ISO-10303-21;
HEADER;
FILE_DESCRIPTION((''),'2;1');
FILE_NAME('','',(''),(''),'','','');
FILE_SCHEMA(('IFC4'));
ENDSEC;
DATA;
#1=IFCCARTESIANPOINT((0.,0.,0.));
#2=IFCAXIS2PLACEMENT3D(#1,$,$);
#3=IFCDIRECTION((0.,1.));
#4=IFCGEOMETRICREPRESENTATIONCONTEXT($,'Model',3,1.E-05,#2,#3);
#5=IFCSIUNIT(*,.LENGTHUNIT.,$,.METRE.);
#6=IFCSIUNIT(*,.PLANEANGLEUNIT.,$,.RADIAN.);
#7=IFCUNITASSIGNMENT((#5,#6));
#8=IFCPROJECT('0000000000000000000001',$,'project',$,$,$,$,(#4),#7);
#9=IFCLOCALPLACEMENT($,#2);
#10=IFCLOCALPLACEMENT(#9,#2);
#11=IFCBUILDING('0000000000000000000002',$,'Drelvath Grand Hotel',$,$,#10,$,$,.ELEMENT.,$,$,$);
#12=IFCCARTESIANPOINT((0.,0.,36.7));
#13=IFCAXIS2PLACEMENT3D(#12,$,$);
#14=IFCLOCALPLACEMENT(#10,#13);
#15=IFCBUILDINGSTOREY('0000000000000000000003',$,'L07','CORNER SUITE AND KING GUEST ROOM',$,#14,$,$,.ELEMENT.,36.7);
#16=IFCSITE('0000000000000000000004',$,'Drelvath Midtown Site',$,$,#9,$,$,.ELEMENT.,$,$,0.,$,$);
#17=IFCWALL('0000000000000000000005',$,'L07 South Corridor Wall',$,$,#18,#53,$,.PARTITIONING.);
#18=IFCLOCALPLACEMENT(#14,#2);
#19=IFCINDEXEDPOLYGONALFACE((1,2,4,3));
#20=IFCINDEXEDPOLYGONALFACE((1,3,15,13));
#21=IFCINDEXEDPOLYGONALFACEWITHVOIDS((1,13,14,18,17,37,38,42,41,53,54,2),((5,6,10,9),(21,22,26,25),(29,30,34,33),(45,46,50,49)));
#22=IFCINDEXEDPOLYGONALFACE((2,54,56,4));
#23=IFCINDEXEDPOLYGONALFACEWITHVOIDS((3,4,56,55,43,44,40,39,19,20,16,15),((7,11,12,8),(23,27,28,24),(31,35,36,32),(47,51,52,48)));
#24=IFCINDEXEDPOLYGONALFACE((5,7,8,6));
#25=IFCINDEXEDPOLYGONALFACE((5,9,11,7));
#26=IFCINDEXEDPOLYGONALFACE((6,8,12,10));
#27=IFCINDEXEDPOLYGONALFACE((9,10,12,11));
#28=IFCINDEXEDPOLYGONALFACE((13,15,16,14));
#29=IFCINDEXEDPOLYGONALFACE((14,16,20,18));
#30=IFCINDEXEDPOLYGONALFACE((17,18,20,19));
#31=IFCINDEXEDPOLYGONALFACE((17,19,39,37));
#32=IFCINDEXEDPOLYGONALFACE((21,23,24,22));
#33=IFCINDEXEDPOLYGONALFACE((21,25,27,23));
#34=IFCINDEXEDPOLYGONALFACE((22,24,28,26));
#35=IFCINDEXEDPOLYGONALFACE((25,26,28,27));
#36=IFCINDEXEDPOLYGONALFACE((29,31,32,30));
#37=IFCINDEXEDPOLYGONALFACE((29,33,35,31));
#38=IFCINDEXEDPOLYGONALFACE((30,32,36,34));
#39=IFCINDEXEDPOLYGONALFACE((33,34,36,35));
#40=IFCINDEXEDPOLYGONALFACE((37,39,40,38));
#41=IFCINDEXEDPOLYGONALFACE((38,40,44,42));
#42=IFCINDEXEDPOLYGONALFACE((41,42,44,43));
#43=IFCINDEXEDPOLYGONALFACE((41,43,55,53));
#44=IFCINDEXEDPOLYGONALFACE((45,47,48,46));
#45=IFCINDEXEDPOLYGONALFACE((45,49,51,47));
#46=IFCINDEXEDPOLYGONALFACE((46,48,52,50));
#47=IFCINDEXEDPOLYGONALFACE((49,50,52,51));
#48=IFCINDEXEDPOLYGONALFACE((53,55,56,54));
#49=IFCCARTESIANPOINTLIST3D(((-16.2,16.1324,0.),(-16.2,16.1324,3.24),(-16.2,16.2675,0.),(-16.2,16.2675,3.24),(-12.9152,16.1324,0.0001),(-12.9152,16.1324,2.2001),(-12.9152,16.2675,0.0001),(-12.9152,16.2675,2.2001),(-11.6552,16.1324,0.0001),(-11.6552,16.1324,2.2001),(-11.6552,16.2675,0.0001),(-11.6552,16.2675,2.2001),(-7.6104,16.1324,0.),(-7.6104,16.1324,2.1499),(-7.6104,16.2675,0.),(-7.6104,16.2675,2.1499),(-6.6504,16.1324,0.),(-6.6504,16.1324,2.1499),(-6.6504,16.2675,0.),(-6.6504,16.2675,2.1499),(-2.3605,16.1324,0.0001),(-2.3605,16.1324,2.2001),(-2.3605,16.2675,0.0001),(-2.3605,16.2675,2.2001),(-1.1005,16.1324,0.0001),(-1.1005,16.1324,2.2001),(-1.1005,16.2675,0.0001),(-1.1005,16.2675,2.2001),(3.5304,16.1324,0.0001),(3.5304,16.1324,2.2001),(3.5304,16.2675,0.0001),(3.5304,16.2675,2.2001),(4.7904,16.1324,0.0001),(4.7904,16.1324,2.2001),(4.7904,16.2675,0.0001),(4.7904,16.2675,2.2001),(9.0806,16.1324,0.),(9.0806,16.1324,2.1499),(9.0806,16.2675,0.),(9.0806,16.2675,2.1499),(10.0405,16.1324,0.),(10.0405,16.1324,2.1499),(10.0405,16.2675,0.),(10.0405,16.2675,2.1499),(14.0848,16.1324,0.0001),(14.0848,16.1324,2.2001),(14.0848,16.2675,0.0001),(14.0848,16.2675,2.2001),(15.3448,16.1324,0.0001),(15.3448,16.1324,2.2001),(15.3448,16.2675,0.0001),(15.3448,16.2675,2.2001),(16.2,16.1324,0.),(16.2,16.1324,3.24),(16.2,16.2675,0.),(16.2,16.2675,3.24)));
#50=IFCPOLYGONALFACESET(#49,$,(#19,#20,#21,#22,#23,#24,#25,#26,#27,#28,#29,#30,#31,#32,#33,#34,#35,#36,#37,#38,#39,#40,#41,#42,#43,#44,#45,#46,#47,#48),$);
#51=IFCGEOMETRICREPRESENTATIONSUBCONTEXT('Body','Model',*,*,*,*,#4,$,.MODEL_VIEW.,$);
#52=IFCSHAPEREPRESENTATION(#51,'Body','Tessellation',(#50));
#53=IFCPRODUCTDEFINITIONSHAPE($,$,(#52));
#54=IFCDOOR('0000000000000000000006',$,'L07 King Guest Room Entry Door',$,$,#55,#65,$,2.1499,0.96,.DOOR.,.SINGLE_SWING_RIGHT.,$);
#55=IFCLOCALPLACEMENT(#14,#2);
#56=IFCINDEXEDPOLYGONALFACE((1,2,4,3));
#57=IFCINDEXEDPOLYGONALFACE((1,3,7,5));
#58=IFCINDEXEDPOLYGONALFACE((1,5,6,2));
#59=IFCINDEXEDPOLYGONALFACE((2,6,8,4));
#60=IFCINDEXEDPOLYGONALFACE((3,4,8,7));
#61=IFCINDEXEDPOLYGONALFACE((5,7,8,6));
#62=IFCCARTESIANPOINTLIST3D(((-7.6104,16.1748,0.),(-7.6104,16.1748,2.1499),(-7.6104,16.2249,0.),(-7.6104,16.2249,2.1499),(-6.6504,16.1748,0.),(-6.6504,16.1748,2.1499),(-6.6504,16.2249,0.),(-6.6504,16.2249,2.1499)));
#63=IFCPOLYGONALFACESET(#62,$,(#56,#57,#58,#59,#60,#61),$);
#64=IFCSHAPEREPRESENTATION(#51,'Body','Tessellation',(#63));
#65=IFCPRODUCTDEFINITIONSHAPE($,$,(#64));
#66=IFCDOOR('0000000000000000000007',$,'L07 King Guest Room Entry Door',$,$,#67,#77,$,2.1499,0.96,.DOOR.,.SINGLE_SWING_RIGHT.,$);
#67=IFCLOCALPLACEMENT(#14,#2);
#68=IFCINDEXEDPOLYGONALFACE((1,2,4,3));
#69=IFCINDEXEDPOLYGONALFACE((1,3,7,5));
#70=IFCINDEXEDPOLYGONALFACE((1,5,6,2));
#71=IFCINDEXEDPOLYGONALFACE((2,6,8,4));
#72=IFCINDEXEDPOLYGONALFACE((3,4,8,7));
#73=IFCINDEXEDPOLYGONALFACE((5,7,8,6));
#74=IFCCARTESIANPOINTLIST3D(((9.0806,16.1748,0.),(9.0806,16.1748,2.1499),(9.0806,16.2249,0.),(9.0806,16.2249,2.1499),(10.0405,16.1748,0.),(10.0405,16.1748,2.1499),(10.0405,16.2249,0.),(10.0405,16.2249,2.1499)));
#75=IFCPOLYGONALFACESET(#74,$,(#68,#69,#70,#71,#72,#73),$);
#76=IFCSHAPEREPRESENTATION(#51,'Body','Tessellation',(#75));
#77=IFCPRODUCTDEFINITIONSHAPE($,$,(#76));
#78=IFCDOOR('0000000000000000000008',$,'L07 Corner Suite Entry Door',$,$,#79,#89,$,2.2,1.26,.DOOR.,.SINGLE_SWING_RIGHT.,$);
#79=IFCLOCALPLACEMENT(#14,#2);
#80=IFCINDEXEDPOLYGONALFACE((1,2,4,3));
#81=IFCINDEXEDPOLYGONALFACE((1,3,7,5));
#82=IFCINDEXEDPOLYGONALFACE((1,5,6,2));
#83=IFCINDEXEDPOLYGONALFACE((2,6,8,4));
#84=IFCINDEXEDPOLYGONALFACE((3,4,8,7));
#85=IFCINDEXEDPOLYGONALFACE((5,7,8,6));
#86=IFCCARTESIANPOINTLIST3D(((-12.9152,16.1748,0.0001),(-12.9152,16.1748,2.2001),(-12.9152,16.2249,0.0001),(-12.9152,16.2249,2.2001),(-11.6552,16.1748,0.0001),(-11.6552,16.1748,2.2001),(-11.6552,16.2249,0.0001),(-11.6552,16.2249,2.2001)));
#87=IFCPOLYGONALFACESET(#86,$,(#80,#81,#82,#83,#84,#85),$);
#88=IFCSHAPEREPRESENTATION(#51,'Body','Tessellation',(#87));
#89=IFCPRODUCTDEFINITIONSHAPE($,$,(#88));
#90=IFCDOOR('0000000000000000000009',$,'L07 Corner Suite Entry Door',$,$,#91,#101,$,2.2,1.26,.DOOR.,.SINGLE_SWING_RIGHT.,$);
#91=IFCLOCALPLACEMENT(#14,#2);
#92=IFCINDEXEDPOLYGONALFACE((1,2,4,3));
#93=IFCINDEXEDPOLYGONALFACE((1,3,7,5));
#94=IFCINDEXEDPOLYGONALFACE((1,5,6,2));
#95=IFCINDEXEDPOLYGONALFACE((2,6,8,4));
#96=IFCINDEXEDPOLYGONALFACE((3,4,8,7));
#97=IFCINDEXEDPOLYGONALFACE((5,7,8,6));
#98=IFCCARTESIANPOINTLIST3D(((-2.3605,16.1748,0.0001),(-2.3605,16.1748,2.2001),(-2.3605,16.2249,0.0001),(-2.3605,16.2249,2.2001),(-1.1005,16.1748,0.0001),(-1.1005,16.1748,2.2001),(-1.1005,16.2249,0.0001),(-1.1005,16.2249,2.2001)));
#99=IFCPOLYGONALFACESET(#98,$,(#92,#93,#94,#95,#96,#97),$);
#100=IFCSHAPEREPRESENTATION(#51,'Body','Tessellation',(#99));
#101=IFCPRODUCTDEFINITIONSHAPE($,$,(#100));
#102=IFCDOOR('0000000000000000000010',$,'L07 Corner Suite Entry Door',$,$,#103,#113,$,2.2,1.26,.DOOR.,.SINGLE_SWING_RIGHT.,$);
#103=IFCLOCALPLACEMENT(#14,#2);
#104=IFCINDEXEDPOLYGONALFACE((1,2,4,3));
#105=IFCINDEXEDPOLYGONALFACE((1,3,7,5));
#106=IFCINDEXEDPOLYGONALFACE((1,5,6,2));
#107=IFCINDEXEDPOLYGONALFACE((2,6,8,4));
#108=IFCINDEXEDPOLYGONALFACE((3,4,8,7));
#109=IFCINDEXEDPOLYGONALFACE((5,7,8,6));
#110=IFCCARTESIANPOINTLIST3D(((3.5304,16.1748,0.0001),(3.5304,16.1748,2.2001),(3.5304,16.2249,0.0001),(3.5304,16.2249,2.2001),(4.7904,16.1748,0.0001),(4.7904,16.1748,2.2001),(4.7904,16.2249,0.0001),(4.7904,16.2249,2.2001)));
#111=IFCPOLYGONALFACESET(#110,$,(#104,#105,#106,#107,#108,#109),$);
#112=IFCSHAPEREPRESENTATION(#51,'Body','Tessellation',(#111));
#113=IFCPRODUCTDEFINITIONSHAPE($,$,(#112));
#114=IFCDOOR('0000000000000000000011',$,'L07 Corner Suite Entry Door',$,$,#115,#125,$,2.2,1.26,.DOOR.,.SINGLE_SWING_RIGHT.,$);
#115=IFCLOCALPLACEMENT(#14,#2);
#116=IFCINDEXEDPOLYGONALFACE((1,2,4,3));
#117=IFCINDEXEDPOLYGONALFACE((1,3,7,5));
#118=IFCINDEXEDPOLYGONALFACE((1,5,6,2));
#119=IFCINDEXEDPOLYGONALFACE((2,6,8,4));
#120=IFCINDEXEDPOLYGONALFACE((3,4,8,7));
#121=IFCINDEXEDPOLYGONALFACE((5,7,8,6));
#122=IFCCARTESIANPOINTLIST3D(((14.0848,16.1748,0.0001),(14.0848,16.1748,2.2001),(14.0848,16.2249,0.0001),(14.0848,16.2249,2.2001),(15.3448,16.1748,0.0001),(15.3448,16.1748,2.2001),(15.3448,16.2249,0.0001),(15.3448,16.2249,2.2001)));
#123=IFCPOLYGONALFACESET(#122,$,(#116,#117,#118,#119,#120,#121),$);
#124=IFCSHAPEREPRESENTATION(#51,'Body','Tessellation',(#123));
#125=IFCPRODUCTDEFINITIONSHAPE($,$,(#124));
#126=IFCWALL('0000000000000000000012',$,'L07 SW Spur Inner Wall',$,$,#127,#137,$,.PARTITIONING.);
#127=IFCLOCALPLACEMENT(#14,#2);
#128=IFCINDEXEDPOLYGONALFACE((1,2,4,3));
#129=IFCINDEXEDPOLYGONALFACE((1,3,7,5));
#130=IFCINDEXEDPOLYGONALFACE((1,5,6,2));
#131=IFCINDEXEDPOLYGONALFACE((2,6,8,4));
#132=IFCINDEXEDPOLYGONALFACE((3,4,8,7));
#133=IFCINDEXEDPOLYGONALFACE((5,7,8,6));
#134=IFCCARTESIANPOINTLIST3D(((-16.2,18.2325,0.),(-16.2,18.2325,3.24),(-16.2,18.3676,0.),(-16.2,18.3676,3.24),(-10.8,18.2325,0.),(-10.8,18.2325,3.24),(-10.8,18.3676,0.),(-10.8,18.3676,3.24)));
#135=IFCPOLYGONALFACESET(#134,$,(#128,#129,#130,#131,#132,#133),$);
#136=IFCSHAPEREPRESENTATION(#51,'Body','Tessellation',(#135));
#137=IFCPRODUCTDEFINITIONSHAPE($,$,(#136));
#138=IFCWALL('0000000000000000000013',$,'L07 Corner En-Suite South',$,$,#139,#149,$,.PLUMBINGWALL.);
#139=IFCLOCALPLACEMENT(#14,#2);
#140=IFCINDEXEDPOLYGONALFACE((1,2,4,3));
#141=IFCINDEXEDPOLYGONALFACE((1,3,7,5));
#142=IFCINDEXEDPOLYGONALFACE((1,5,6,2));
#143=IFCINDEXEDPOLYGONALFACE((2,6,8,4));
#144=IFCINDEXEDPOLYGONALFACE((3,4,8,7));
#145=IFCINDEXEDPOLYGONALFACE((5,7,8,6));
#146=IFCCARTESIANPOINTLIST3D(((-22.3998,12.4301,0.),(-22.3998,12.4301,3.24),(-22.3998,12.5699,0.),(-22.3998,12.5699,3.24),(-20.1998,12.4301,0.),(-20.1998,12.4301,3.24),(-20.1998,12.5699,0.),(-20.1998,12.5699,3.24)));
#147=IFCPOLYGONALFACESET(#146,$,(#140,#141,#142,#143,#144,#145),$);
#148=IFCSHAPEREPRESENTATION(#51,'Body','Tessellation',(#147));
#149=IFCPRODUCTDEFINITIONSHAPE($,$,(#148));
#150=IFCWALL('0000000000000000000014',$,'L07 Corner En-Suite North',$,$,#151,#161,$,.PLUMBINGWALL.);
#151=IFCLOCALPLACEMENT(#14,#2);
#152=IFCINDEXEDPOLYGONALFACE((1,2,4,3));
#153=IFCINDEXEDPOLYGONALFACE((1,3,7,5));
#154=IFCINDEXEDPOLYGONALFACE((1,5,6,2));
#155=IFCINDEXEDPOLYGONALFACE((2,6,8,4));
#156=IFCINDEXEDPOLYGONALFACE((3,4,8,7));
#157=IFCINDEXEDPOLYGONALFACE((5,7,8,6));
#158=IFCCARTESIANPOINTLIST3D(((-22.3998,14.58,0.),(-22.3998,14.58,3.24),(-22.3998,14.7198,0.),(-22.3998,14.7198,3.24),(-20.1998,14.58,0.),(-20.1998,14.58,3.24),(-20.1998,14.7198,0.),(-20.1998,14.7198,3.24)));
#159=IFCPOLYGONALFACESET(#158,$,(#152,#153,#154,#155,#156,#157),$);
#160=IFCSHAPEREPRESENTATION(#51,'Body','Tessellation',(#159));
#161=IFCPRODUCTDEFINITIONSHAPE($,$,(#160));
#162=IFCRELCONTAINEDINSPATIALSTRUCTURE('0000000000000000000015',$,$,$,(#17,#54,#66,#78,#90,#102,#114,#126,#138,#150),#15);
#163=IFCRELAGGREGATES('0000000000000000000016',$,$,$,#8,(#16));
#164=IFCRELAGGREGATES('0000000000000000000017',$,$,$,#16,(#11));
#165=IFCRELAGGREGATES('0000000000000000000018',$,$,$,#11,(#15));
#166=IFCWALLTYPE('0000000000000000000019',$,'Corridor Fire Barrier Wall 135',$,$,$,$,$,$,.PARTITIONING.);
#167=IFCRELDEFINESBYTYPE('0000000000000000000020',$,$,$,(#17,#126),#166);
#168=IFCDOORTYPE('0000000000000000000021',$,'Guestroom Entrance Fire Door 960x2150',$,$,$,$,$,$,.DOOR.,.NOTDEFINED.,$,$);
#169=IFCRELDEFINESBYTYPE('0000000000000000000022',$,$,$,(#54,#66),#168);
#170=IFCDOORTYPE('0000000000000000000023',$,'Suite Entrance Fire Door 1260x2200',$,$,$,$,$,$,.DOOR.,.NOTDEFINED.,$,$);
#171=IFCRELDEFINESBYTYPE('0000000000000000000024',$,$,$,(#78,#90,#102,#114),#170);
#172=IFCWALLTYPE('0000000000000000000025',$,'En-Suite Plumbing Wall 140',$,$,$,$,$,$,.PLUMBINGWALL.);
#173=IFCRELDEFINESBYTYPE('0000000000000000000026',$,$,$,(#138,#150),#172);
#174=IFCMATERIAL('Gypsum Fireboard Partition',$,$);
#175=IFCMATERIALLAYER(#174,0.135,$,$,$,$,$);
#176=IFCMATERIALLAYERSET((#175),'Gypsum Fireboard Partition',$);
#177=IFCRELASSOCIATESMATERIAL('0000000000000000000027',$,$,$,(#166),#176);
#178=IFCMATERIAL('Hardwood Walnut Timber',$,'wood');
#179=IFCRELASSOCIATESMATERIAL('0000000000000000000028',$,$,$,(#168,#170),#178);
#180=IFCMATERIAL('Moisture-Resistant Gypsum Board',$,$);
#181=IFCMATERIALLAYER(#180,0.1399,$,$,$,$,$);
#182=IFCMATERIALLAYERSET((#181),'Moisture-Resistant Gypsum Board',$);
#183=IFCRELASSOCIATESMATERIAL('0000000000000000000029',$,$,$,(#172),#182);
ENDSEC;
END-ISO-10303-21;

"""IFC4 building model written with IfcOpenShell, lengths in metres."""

from ifc_helpers import new_model, si_unit, direction, frame, frame_2d, origin, place, context, subcontext, project, spatial, rectangle, extrude, material, layer, layer_set, type_object, element, fill, save


model = new_model("IFC4")

# Units and contexts
model_context = context("Model", 3, precision=1e-05, world=origin(), true_north=direction((0.0, 1.0)))
body_context = subcontext(model_context, "Body", "Model", "MODEL_VIEW")
ifc_project = project(units=[si_unit("LENGTHUNIT", "METRE"), si_unit("PLANEANGLEUNIT", "RADIAN")], contexts=[model_context])

# Site, building, storey
site_placement = place(None, origin())
site = spatial("IfcSite", under=ifc_project, at=site_placement, Name="Drelvath Midtown Site", CompositionType="ELEMENT", RefElevation=0.0)
building_placement = place(site_placement, origin())
building = spatial("IfcBuilding", under=site, at=building_placement, Name="Drelvath Grand Hotel", CompositionType="ELEMENT")
storey_placement = place(building_placement, frame((0.0, 0.0, 36.7)))
storey = spatial("IfcBuildingStorey", under=building, at=storey_placement, Name="L07", Description="CORNER SUITE AND KING GUEST ROOM", CompositionType="ELEMENT", Elevation=36.7)

# Wall, openings, doors
ifc_material_1 = material(Name="Gypsum Fireboard Partition")
ifc_layer_1 = layer(ifc_material_1, 0.135)
ifc_layer_set_1 = layer_set([ifc_layer_1], Name="Gypsum Fireboard Partition")
wall_type_1 = type_object("IfcWallType", Name="Corridor Fire Barrier Wall 135", PredefinedType="PARTITIONING", material=ifc_layer_set_1)
wall_1_placement = place(storey_placement, frame((-16.2, 16.2, 0.0), z_axis=(0.0, 0.0, 1.0), x_axis=(1.0, 0.0, 0.0)))
wall_1 = element("IfcWall", 1, at=wall_1_placement, inside=storey, type_object=wall_type_1, Name="L07 South Corridor Wall", PredefinedType="PARTITIONING", context=body_context, shape_type="SweptSolid", body=[
    extrude(rectangle(XDim=32.3999, YDim=0.135, at=frame_2d((16.2, 0.0))), origin(), (0.0, 0.0, 1.0), 3.24),
])
opening_1_placement = place(wall_1_placement, frame((3.2849, 0.0, 0.0)))
opening_1 = element("IfcOpeningElement", 2, at=opening_1_placement, cuts=wall_1, PredefinedType="OPENING", context=body_context, shape_type="SweptSolid", body=[
    extrude(rectangle(XDim=1.26, YDim=2.2, at=frame_2d((0.6299, 1.1001))), frame((0.0, 0.0774, 0.0), z_axis=(0.0, -1.0, 0.0), x_axis=(1.0, 0.0, 0.0)), (0.0, 0.0, 1.0), 0.155),
])
opening_2_placement = place(wall_1_placement, frame((8.5896, 0.0, 0.0)))
opening_2 = element("IfcOpeningElement", 3, at=opening_2_placement, cuts=wall_1, PredefinedType="OPENING", context=body_context, shape_type="SweptSolid", body=[
    extrude(rectangle(XDim=0.96, YDim=2.1499, at=frame_2d((0.48, 1.075))), frame((0.0, 0.0774, 0.0), z_axis=(0.0, -1.0, 0.0), x_axis=(1.0, 0.0, 0.0)), (0.0, 0.0, 1.0), 0.155),
])
opening_3_placement = place(wall_1_placement, frame((13.8396, 0.0, 0.0)))
opening_3 = element("IfcOpeningElement", 4, at=opening_3_placement, cuts=wall_1, PredefinedType="OPENING", context=body_context, shape_type="SweptSolid", body=[
    extrude(rectangle(XDim=1.26, YDim=2.2, at=frame_2d((0.6299, 1.1001))), frame((0.0, 0.0774, 0.0), z_axis=(0.0, -1.0, 0.0), x_axis=(1.0, 0.0, 0.0)), (0.0, 0.0, 1.0), 0.155),
])
opening_4_placement = place(wall_1_placement, frame((19.7305, 0.0, 0.0)))
opening_4 = element("IfcOpeningElement", 5, at=opening_4_placement, cuts=wall_1, PredefinedType="OPENING", context=body_context, shape_type="SweptSolid", body=[
    extrude(rectangle(XDim=1.26, YDim=2.2, at=frame_2d((0.6299, 1.1001))), frame((0.0, 0.0774, 0.0), z_axis=(0.0, -1.0, 0.0), x_axis=(1.0, 0.0, 0.0)), (0.0, 0.0, 1.0), 0.155),
])
opening_5_placement = place(wall_1_placement, frame((25.2805, 0.0, 0.0)))
opening_5 = element("IfcOpeningElement", 6, at=opening_5_placement, cuts=wall_1, PredefinedType="OPENING", context=body_context, shape_type="SweptSolid", body=[
    extrude(rectangle(XDim=0.96, YDim=2.1499, at=frame_2d((0.48, 1.075))), frame((0.0, 0.0774, 0.0), z_axis=(0.0, -1.0, 0.0), x_axis=(1.0, 0.0, 0.0)), (0.0, 0.0, 1.0), 0.155),
])
opening_6_placement = place(wall_1_placement, frame((30.2849, 0.0, 0.0)))
opening_6 = element("IfcOpeningElement", 7, at=opening_6_placement, cuts=wall_1, PredefinedType="OPENING", context=body_context, shape_type="SweptSolid", body=[
    extrude(rectangle(XDim=1.26, YDim=2.2, at=frame_2d((0.6299, 1.1001))), frame((0.0, 0.0774, 0.0), z_axis=(0.0, -1.0, 0.0), x_axis=(1.0, 0.0, 0.0)), (0.0, 0.0, 1.0), 0.155),
])
ifc_material_2 = material(Name="Hardwood Walnut Timber", Category="wood")
door_type_1 = type_object("IfcDoorType", Name="Guestroom Entrance Fire Door 960x2150", OperationType="NOTDEFINED", PredefinedType="DOOR", material=ifc_material_2)
door_1_placement = place(opening_2_placement, origin())
door_1 = element("IfcDoor", 8, at=door_1_placement, inside=storey, type_object=door_type_1, Name="L07 King Guest Room Entry Door", OperationType="SINGLE_SWING_RIGHT", OverallHeight=2.1499, OverallWidth=0.96, PredefinedType="DOOR", context=body_context, shape_type="SweptSolid", body=[
    extrude(rectangle(XDim=0.96, YDim=2.1499, at=frame_2d((0.48, 1.075))), frame((0.0, 0.0249, 0.0), z_axis=(0.0, -1.0, 0.0), x_axis=(1.0, 0.0, 0.0)), (0.0, 0.0, 1.0), 0.05),
])
fill(opening_2, door_1)
door_2_placement = place(opening_5_placement, origin())
door_2 = element("IfcDoor", 9, at=door_2_placement, inside=storey, type_object=door_type_1, Name="L07 King Guest Room Entry Door", OperationType="SINGLE_SWING_RIGHT", OverallHeight=2.1499, OverallWidth=0.96, PredefinedType="DOOR", context=body_context, shape_type="SweptSolid", body=[
    extrude(rectangle(XDim=0.96, YDim=2.1499, at=frame_2d((0.48, 1.075))), frame((0.0, 0.0249, 0.0), z_axis=(0.0, -1.0, 0.0), x_axis=(1.0, 0.0, 0.0)), (0.0, 0.0, 1.0), 0.05),
])
fill(opening_5, door_2)
door_type_2 = type_object("IfcDoorType", Name="Suite Entrance Fire Door 1260x2200", OperationType="NOTDEFINED", PredefinedType="DOOR", material=ifc_material_2)
door_3_placement = place(opening_1_placement, origin())
door_3 = element("IfcDoor", 10, at=door_3_placement, inside=storey, type_object=door_type_2, Name="L07 Corner Suite Entry Door", OperationType="SINGLE_SWING_RIGHT", OverallHeight=2.2, OverallWidth=1.26, PredefinedType="DOOR", context=body_context, shape_type="SweptSolid", body=[
    extrude(rectangle(XDim=1.26, YDim=2.2, at=frame_2d((0.6299, 1.1001))), frame((0.0, 0.0249, 0.0), z_axis=(0.0, -1.0, 0.0), x_axis=(1.0, 0.0, 0.0)), (0.0, 0.0, 1.0), 0.05),
])
fill(opening_1, door_3)
door_4_placement = place(opening_3_placement, origin())
door_4 = element("IfcDoor", 11, at=door_4_placement, inside=storey, type_object=door_type_2, Name="L07 Corner Suite Entry Door", OperationType="SINGLE_SWING_RIGHT", OverallHeight=2.2, OverallWidth=1.26, PredefinedType="DOOR", context=body_context, shape_type="SweptSolid", body=[
    extrude(rectangle(XDim=1.26, YDim=2.2, at=frame_2d((0.6299, 1.1001))), frame((0.0, 0.0249, 0.0), z_axis=(0.0, -1.0, 0.0), x_axis=(1.0, 0.0, 0.0)), (0.0, 0.0, 1.0), 0.05),
])
fill(opening_3, door_4)
door_5_placement = place(opening_4_placement, origin())
door_5 = element("IfcDoor", 12, at=door_5_placement, inside=storey, type_object=door_type_2, Name="L07 Corner Suite Entry Door", OperationType="SINGLE_SWING_RIGHT", OverallHeight=2.2, OverallWidth=1.26, PredefinedType="DOOR", context=body_context, shape_type="SweptSolid", body=[
    extrude(rectangle(XDim=1.26, YDim=2.2, at=frame_2d((0.6299, 1.1001))), frame((0.0, 0.0249, 0.0), z_axis=(0.0, -1.0, 0.0), x_axis=(1.0, 0.0, 0.0)), (0.0, 0.0, 1.0), 0.05),
])
fill(opening_4, door_5)
door_6_placement = place(opening_6_placement, origin())
door_6 = element("IfcDoor", 13, at=door_6_placement, inside=storey, type_object=door_type_2, Name="L07 Corner Suite Entry Door", OperationType="SINGLE_SWING_RIGHT", OverallHeight=2.2, OverallWidth=1.26, PredefinedType="DOOR", context=body_context, shape_type="SweptSolid", body=[
    extrude(rectangle(XDim=1.26, YDim=2.2, at=frame_2d((0.6299, 1.1001))), frame((0.0, 0.0249, 0.0), z_axis=(0.0, -1.0, 0.0), x_axis=(1.0, 0.0, 0.0)), (0.0, 0.0, 1.0), 0.05),
])
fill(opening_6, door_6)

# Wall
wall_2_placement = place(storey_placement, frame((-16.2, 18.3, 0.0), z_axis=(0.0, 0.0, 1.0), x_axis=(1.0, 0.0, 0.0)))
element("IfcWall", 14, at=wall_2_placement, inside=storey, type_object=wall_type_1, Name="L07 SW Spur Inner Wall", PredefinedType="PARTITIONING", context=body_context, shape_type="SweptSolid", body=[
    extrude(rectangle(XDim=5.3999, YDim=0.135, at=frame_2d((2.7, 0.0))), origin(), (0.0, 0.0, 1.0), 3.24),
])

# Walls
ifc_material_3 = material(Name="Moisture-Resistant Gypsum Board")
ifc_layer_2 = layer(ifc_material_3, 0.1399)
ifc_layer_set_2 = layer_set([ifc_layer_2], Name="Moisture-Resistant Gypsum Board")
wall_type_2 = type_object("IfcWallType", Name="En-Suite Plumbing Wall 140", PredefinedType="PLUMBINGWALL", material=ifc_layer_set_2)
for number, where, z_axis, x_axis, name in (
    (15, (-22.3999, 12.5, 0.0), (0.0, 0.0, 1.0), (1.0, 0.0, 0.0), "L07 Corner En-Suite South"),
    (16, (-22.3999, 14.6499, 0.0), (0.0, 0.0, 1.0), (1.0, 0.0, 0.0), "L07 Corner En-Suite North"),
):
    element("IfcWall", number, at=place(storey_placement, frame(where, z_axis=z_axis, x_axis=x_axis)), inside=storey, type_object=wall_type_2, Name=name, PredefinedType="PLUMBINGWALL", context=body_context, shape_type="SweptSolid", body=[
        extrude(rectangle(XDim=2.2, YDim=0.1399, at=frame_2d((1.1001, 0.0))), origin(), (0.0, 0.0, 1.0), 3.24),
    ])

save(model, "model.ifc")
